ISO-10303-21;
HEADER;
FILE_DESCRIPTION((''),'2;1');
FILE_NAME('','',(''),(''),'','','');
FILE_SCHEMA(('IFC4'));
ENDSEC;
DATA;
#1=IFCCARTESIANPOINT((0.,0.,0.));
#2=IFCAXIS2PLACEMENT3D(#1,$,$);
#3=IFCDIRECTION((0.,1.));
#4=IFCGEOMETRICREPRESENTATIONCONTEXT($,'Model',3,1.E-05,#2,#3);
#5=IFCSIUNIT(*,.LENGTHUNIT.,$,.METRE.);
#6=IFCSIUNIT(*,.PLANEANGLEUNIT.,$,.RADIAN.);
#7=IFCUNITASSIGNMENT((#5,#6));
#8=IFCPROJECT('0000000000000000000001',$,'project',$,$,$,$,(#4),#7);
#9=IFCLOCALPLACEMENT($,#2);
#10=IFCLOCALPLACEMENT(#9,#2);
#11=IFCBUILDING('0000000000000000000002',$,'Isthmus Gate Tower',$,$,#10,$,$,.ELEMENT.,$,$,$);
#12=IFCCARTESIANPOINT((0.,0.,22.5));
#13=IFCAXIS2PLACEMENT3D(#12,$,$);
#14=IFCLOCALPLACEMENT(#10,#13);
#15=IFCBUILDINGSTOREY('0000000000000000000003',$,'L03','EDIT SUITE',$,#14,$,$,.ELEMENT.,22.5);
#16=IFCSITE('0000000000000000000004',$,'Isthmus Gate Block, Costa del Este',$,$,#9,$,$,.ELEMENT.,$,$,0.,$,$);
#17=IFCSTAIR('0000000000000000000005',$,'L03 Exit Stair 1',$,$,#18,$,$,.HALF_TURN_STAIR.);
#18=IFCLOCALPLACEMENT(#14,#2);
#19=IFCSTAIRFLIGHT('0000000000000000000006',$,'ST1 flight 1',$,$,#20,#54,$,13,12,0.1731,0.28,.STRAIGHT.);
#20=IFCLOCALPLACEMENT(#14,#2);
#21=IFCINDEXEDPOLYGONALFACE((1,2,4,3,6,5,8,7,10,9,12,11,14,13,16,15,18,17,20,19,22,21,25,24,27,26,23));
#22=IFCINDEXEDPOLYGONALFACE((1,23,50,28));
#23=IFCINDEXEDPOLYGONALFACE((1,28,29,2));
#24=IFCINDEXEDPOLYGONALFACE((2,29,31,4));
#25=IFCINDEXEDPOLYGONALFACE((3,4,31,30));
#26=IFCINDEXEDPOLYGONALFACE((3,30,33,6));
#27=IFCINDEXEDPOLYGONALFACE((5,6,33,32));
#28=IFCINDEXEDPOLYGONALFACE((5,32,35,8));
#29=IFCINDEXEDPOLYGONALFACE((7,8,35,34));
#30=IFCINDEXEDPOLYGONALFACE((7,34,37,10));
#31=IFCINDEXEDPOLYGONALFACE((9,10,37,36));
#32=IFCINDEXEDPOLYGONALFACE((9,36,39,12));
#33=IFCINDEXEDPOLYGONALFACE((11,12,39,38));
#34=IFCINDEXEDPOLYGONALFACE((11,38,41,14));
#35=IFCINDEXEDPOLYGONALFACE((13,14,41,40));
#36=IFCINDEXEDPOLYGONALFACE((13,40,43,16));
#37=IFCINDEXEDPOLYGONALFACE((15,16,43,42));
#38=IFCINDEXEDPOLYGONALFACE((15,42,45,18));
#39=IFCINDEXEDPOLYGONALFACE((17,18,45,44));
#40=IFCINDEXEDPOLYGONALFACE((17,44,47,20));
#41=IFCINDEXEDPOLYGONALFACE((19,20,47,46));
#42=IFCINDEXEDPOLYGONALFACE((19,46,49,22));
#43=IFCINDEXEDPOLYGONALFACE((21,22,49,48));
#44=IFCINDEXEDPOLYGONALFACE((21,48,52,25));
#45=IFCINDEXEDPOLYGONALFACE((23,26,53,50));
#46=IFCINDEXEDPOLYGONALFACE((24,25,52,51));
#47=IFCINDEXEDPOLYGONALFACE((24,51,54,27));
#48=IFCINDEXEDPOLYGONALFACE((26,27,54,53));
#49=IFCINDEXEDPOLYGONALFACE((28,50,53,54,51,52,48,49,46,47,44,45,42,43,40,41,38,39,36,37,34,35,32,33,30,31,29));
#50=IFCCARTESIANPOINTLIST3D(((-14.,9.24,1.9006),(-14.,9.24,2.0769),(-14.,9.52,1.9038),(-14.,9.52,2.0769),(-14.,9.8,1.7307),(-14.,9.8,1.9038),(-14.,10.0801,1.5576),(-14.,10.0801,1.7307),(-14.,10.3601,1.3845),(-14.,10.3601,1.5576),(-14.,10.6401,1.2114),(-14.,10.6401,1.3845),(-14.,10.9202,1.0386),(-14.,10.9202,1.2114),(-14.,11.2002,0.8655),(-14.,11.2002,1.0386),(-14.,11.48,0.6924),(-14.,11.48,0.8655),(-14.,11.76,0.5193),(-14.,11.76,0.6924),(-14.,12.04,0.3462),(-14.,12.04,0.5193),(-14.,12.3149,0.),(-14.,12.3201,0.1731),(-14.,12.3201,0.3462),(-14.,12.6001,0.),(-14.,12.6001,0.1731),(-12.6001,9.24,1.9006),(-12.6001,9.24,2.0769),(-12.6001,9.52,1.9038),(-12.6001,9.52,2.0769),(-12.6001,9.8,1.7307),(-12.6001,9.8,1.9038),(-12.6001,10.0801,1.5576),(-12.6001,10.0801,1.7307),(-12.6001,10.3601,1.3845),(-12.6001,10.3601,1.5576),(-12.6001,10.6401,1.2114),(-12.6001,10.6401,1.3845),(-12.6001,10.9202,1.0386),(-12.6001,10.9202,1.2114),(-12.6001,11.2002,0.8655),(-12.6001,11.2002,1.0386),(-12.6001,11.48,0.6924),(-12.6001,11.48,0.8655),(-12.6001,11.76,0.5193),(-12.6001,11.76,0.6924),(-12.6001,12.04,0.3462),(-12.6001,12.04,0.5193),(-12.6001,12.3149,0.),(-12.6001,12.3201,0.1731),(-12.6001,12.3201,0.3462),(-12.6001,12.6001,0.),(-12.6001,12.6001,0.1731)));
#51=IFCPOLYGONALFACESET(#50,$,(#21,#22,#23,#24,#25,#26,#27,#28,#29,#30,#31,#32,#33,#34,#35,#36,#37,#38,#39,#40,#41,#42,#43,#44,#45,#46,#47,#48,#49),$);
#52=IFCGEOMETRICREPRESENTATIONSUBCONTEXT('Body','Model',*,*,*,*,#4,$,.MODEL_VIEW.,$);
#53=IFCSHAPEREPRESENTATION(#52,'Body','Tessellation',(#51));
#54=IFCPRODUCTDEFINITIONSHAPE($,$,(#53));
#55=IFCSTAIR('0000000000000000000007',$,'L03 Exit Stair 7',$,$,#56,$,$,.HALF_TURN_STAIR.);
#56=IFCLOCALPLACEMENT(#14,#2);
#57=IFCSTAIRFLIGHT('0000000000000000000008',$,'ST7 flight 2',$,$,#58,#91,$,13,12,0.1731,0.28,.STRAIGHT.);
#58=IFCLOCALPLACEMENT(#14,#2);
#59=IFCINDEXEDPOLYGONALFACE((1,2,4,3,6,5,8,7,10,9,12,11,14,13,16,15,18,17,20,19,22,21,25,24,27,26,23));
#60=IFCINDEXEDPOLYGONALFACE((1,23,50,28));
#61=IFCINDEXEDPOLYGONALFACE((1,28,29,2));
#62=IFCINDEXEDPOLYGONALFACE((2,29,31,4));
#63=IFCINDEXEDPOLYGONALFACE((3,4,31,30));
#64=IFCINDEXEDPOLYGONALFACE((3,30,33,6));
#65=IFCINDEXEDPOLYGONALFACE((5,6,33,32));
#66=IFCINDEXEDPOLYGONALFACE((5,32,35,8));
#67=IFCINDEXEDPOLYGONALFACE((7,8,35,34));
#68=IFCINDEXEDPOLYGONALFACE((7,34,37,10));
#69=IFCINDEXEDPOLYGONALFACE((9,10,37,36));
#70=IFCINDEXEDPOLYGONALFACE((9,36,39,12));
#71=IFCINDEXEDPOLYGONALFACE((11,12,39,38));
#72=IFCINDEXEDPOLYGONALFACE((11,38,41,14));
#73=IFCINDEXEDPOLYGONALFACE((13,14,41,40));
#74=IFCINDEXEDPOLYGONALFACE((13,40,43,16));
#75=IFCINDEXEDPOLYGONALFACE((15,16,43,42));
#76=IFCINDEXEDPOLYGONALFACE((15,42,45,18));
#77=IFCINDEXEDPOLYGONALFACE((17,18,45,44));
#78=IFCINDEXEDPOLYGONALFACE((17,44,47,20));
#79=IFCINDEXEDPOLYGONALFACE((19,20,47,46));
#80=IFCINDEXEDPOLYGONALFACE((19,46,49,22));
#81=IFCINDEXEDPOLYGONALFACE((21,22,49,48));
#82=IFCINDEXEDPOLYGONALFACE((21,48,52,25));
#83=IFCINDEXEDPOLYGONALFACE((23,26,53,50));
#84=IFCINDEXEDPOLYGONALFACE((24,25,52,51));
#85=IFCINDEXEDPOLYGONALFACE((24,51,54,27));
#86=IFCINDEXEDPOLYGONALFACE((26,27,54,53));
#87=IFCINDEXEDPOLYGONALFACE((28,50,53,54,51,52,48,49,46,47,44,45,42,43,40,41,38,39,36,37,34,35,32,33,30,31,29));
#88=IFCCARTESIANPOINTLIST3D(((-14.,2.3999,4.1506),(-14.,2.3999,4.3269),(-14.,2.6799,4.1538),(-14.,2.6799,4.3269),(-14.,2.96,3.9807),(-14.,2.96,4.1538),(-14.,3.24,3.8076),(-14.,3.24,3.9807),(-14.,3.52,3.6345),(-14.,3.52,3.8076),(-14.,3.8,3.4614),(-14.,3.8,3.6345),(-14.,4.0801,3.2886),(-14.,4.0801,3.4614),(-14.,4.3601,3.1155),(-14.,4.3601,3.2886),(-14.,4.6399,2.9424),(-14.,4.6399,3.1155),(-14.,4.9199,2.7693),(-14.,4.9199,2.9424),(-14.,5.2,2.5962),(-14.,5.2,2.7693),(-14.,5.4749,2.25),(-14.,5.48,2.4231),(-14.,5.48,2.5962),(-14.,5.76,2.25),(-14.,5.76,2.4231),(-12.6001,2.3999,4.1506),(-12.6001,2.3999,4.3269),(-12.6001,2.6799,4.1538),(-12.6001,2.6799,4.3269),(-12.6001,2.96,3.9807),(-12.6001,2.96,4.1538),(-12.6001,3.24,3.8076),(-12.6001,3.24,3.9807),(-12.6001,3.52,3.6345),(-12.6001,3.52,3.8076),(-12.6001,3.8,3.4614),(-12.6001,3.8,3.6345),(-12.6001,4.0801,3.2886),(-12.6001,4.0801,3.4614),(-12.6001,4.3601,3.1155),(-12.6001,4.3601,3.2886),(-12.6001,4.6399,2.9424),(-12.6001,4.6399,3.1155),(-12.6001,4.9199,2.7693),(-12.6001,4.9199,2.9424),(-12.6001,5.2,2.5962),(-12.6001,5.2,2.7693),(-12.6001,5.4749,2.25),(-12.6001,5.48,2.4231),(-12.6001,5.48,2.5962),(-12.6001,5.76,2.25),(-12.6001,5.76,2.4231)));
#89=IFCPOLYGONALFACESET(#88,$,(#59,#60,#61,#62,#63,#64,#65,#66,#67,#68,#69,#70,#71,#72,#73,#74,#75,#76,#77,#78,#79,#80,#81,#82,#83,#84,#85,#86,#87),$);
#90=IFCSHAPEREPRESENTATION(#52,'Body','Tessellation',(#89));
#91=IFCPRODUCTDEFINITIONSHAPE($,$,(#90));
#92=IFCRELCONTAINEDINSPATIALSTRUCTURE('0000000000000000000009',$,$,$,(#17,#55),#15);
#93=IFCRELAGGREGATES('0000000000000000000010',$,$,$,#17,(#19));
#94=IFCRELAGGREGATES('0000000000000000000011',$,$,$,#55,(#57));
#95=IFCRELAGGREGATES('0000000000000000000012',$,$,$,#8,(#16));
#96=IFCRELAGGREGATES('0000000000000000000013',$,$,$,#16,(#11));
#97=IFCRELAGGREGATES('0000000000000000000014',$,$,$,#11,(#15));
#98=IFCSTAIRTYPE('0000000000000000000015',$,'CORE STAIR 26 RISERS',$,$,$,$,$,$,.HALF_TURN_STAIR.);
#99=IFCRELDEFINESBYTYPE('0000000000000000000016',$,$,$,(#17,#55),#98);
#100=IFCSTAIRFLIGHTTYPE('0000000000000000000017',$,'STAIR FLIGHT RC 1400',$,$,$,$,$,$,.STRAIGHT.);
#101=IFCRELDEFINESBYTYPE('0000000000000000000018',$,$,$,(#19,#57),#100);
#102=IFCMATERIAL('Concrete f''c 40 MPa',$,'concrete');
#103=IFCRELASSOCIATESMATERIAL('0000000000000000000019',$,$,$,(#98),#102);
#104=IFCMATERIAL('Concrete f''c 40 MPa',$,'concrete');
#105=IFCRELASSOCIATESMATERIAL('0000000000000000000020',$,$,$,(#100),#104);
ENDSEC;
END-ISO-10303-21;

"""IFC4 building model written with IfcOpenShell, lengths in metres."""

from ifc_helpers import new_model, si_unit, direction, frame, origin, place, context, subcontext, project, spatial, polyline, outline, extrude, material, type_object, element, aggregate, save


model = new_model("IFC4")

# Units and contexts
model_context = context("Model", 3, precision=1e-05, world=origin(), true_north=direction((0.0, 1.0)))
body_context = subcontext(model_context, "Body", "Model", "MODEL_VIEW")
ifc_project = project(units=[si_unit("LENGTHUNIT", "METRE"), si_unit("PLANEANGLEUNIT", "RADIAN")], contexts=[model_context])

# Site, building, storey
site_placement = place(None, origin())
site = spatial("IfcSite", under=ifc_project, at=site_placement, Name="Isthmus Gate Block, Costa del Este", CompositionType="ELEMENT", RefElevation=0.0)
building_placement = place(site_placement, origin())
building = spatial("IfcBuilding", under=site, at=building_placement, Name="Isthmus Gate Tower", CompositionType="ELEMENT")
storey_placement = place(building_placement, frame((0.0, 0.0, 22.5)))
storey = spatial("IfcBuildingStorey", under=building, at=storey_placement, Name="L03", Description="EDIT SUITE", CompositionType="ELEMENT", Elevation=22.5)

# Stairs, stair flights
ifc_material_1 = material(Name="Concrete f'c 40 MPa", Category="concrete")
stair_type = type_object("IfcStairType", Name="CORE STAIR 26 RISERS", PredefinedType="HALF_TURN_STAIR", material=ifc_material_1)
stair_1_placement = place(storey_placement, origin())
stair_1 = element("IfcStair", 1, at=stair_1_placement, inside=storey, type_object=stair_type, Name="L03 Exit Stair 1", PredefinedType="HALF_TURN_STAIR")
ifc_material_2 = material(Name="Concrete f'c 40 MPa", Category="concrete")
stair_flight_type = type_object("IfcStairFlightType", Name="STAIR FLIGHT RC 1400", PredefinedType="STRAIGHT", material=ifc_material_2)
stair_flight_1_placement = place(storey_placement, frame((-13.3, 12.6001, 0.0), z_axis=(0.0, 0.0, 1.0), x_axis=(0.0, -1.0, 0.0)))
stair_flight_1 = element("IfcStairFlight", 2, at=stair_flight_1_placement, type_object=stair_flight_type, Name="ST1 flight 1", NumberOfRisers=13, NumberOfTreads=12, PredefinedType="STRAIGHT", RiserHeight=0.1731, TreadLength=0.28, context=body_context, shape_type="SweptSolid", body=[
    extrude(outline(polyline([(0.0, 0.0), (0.0, 0.1731), (0.28, 0.1731), (0.28, 0.3462), (0.5601, 0.3462), (0.5601, 0.5193), (0.8401, 0.5193), (0.8401, 0.6924), (1.1201, 0.6924), (1.1201, 0.8655), (1.3999, 0.8655), (1.3999, 1.0386), (1.6799, 1.0386), (1.6799, 1.2114), (1.96, 1.2114), (1.96, 1.3845), (2.24, 1.3845), (2.24, 1.5576), (2.52, 1.5576), (2.52, 1.7307), (2.8, 1.7307), (2.8, 1.9038), (3.0801, 1.9038), (3.0801, 2.0769), (3.3601, 2.0769), (3.3601, 2.25), (3.3601, 1.9006), (0.2852, 0.0), (0.0, 0.0)])), frame((0.0, 0.7, 0.0), z_axis=(0.0, -1.0, 0.0), x_axis=(1.0, 0.0, 0.0)), (0.0, 0.0, 1.0), 1.3999),
])
aggregate(stair_1, [stair_flight_1])
stair_2_placement = place(storey_placement, origin())
stair_2 = element("IfcStair", 3, at=stair_2_placement, inside=storey, type_object=stair_type, Name="L03 Exit Stair 7", PredefinedType="HALF_TURN_STAIR")
stair_flight_2_placement = place(storey_placement, frame((-13.3, 5.76, 2.25), z_axis=(0.0, 0.0, 1.0), x_axis=(0.0, -1.0, 0.0)))
stair_flight_2 = element("IfcStairFlight", 4, at=stair_flight_2_placement, type_object=stair_flight_type, Name="ST7 flight 2", NumberOfRisers=13, NumberOfTreads=12, PredefinedType="STRAIGHT", RiserHeight=0.1731, TreadLength=0.28, context=body_context, shape_type="SweptSolid", body=[
    extrude(outline(polyline([(0.0, 0.0), (0.0, 0.1731), (0.28, 0.1731), (0.28, 0.3462), (0.5601, 0.3462), (0.5601, 0.5193), (0.8401, 0.5193), (0.8401, 0.6924), (1.1201, 0.6924), (1.1201, 0.8655), (1.3999, 0.8655), (1.3999, 1.0386), (1.6799, 1.0386), (1.6799, 1.2114), (1.96, 1.2114), (1.96, 1.3845), (2.24, 1.3845), (2.24, 1.5576), (2.52, 1.5576), (2.52, 1.7307), (2.8, 1.7307), (2.8, 1.9038), (3.0801, 1.9038), (3.0801, 2.0769), (3.3601, 2.0769), (3.3601, 2.25), (3.3601, 1.9006), (0.2852, 0.0), (0.0, 0.0)])), frame((0.0, 0.7, 0.0), z_axis=(0.0, -1.0, 0.0), x_axis=(1.0, 0.0, 0.0)), (0.0, 0.0, 1.0), 1.3999),
])
aggregate(stair_2, [stair_flight_2])

save(model, "model.ifc")
